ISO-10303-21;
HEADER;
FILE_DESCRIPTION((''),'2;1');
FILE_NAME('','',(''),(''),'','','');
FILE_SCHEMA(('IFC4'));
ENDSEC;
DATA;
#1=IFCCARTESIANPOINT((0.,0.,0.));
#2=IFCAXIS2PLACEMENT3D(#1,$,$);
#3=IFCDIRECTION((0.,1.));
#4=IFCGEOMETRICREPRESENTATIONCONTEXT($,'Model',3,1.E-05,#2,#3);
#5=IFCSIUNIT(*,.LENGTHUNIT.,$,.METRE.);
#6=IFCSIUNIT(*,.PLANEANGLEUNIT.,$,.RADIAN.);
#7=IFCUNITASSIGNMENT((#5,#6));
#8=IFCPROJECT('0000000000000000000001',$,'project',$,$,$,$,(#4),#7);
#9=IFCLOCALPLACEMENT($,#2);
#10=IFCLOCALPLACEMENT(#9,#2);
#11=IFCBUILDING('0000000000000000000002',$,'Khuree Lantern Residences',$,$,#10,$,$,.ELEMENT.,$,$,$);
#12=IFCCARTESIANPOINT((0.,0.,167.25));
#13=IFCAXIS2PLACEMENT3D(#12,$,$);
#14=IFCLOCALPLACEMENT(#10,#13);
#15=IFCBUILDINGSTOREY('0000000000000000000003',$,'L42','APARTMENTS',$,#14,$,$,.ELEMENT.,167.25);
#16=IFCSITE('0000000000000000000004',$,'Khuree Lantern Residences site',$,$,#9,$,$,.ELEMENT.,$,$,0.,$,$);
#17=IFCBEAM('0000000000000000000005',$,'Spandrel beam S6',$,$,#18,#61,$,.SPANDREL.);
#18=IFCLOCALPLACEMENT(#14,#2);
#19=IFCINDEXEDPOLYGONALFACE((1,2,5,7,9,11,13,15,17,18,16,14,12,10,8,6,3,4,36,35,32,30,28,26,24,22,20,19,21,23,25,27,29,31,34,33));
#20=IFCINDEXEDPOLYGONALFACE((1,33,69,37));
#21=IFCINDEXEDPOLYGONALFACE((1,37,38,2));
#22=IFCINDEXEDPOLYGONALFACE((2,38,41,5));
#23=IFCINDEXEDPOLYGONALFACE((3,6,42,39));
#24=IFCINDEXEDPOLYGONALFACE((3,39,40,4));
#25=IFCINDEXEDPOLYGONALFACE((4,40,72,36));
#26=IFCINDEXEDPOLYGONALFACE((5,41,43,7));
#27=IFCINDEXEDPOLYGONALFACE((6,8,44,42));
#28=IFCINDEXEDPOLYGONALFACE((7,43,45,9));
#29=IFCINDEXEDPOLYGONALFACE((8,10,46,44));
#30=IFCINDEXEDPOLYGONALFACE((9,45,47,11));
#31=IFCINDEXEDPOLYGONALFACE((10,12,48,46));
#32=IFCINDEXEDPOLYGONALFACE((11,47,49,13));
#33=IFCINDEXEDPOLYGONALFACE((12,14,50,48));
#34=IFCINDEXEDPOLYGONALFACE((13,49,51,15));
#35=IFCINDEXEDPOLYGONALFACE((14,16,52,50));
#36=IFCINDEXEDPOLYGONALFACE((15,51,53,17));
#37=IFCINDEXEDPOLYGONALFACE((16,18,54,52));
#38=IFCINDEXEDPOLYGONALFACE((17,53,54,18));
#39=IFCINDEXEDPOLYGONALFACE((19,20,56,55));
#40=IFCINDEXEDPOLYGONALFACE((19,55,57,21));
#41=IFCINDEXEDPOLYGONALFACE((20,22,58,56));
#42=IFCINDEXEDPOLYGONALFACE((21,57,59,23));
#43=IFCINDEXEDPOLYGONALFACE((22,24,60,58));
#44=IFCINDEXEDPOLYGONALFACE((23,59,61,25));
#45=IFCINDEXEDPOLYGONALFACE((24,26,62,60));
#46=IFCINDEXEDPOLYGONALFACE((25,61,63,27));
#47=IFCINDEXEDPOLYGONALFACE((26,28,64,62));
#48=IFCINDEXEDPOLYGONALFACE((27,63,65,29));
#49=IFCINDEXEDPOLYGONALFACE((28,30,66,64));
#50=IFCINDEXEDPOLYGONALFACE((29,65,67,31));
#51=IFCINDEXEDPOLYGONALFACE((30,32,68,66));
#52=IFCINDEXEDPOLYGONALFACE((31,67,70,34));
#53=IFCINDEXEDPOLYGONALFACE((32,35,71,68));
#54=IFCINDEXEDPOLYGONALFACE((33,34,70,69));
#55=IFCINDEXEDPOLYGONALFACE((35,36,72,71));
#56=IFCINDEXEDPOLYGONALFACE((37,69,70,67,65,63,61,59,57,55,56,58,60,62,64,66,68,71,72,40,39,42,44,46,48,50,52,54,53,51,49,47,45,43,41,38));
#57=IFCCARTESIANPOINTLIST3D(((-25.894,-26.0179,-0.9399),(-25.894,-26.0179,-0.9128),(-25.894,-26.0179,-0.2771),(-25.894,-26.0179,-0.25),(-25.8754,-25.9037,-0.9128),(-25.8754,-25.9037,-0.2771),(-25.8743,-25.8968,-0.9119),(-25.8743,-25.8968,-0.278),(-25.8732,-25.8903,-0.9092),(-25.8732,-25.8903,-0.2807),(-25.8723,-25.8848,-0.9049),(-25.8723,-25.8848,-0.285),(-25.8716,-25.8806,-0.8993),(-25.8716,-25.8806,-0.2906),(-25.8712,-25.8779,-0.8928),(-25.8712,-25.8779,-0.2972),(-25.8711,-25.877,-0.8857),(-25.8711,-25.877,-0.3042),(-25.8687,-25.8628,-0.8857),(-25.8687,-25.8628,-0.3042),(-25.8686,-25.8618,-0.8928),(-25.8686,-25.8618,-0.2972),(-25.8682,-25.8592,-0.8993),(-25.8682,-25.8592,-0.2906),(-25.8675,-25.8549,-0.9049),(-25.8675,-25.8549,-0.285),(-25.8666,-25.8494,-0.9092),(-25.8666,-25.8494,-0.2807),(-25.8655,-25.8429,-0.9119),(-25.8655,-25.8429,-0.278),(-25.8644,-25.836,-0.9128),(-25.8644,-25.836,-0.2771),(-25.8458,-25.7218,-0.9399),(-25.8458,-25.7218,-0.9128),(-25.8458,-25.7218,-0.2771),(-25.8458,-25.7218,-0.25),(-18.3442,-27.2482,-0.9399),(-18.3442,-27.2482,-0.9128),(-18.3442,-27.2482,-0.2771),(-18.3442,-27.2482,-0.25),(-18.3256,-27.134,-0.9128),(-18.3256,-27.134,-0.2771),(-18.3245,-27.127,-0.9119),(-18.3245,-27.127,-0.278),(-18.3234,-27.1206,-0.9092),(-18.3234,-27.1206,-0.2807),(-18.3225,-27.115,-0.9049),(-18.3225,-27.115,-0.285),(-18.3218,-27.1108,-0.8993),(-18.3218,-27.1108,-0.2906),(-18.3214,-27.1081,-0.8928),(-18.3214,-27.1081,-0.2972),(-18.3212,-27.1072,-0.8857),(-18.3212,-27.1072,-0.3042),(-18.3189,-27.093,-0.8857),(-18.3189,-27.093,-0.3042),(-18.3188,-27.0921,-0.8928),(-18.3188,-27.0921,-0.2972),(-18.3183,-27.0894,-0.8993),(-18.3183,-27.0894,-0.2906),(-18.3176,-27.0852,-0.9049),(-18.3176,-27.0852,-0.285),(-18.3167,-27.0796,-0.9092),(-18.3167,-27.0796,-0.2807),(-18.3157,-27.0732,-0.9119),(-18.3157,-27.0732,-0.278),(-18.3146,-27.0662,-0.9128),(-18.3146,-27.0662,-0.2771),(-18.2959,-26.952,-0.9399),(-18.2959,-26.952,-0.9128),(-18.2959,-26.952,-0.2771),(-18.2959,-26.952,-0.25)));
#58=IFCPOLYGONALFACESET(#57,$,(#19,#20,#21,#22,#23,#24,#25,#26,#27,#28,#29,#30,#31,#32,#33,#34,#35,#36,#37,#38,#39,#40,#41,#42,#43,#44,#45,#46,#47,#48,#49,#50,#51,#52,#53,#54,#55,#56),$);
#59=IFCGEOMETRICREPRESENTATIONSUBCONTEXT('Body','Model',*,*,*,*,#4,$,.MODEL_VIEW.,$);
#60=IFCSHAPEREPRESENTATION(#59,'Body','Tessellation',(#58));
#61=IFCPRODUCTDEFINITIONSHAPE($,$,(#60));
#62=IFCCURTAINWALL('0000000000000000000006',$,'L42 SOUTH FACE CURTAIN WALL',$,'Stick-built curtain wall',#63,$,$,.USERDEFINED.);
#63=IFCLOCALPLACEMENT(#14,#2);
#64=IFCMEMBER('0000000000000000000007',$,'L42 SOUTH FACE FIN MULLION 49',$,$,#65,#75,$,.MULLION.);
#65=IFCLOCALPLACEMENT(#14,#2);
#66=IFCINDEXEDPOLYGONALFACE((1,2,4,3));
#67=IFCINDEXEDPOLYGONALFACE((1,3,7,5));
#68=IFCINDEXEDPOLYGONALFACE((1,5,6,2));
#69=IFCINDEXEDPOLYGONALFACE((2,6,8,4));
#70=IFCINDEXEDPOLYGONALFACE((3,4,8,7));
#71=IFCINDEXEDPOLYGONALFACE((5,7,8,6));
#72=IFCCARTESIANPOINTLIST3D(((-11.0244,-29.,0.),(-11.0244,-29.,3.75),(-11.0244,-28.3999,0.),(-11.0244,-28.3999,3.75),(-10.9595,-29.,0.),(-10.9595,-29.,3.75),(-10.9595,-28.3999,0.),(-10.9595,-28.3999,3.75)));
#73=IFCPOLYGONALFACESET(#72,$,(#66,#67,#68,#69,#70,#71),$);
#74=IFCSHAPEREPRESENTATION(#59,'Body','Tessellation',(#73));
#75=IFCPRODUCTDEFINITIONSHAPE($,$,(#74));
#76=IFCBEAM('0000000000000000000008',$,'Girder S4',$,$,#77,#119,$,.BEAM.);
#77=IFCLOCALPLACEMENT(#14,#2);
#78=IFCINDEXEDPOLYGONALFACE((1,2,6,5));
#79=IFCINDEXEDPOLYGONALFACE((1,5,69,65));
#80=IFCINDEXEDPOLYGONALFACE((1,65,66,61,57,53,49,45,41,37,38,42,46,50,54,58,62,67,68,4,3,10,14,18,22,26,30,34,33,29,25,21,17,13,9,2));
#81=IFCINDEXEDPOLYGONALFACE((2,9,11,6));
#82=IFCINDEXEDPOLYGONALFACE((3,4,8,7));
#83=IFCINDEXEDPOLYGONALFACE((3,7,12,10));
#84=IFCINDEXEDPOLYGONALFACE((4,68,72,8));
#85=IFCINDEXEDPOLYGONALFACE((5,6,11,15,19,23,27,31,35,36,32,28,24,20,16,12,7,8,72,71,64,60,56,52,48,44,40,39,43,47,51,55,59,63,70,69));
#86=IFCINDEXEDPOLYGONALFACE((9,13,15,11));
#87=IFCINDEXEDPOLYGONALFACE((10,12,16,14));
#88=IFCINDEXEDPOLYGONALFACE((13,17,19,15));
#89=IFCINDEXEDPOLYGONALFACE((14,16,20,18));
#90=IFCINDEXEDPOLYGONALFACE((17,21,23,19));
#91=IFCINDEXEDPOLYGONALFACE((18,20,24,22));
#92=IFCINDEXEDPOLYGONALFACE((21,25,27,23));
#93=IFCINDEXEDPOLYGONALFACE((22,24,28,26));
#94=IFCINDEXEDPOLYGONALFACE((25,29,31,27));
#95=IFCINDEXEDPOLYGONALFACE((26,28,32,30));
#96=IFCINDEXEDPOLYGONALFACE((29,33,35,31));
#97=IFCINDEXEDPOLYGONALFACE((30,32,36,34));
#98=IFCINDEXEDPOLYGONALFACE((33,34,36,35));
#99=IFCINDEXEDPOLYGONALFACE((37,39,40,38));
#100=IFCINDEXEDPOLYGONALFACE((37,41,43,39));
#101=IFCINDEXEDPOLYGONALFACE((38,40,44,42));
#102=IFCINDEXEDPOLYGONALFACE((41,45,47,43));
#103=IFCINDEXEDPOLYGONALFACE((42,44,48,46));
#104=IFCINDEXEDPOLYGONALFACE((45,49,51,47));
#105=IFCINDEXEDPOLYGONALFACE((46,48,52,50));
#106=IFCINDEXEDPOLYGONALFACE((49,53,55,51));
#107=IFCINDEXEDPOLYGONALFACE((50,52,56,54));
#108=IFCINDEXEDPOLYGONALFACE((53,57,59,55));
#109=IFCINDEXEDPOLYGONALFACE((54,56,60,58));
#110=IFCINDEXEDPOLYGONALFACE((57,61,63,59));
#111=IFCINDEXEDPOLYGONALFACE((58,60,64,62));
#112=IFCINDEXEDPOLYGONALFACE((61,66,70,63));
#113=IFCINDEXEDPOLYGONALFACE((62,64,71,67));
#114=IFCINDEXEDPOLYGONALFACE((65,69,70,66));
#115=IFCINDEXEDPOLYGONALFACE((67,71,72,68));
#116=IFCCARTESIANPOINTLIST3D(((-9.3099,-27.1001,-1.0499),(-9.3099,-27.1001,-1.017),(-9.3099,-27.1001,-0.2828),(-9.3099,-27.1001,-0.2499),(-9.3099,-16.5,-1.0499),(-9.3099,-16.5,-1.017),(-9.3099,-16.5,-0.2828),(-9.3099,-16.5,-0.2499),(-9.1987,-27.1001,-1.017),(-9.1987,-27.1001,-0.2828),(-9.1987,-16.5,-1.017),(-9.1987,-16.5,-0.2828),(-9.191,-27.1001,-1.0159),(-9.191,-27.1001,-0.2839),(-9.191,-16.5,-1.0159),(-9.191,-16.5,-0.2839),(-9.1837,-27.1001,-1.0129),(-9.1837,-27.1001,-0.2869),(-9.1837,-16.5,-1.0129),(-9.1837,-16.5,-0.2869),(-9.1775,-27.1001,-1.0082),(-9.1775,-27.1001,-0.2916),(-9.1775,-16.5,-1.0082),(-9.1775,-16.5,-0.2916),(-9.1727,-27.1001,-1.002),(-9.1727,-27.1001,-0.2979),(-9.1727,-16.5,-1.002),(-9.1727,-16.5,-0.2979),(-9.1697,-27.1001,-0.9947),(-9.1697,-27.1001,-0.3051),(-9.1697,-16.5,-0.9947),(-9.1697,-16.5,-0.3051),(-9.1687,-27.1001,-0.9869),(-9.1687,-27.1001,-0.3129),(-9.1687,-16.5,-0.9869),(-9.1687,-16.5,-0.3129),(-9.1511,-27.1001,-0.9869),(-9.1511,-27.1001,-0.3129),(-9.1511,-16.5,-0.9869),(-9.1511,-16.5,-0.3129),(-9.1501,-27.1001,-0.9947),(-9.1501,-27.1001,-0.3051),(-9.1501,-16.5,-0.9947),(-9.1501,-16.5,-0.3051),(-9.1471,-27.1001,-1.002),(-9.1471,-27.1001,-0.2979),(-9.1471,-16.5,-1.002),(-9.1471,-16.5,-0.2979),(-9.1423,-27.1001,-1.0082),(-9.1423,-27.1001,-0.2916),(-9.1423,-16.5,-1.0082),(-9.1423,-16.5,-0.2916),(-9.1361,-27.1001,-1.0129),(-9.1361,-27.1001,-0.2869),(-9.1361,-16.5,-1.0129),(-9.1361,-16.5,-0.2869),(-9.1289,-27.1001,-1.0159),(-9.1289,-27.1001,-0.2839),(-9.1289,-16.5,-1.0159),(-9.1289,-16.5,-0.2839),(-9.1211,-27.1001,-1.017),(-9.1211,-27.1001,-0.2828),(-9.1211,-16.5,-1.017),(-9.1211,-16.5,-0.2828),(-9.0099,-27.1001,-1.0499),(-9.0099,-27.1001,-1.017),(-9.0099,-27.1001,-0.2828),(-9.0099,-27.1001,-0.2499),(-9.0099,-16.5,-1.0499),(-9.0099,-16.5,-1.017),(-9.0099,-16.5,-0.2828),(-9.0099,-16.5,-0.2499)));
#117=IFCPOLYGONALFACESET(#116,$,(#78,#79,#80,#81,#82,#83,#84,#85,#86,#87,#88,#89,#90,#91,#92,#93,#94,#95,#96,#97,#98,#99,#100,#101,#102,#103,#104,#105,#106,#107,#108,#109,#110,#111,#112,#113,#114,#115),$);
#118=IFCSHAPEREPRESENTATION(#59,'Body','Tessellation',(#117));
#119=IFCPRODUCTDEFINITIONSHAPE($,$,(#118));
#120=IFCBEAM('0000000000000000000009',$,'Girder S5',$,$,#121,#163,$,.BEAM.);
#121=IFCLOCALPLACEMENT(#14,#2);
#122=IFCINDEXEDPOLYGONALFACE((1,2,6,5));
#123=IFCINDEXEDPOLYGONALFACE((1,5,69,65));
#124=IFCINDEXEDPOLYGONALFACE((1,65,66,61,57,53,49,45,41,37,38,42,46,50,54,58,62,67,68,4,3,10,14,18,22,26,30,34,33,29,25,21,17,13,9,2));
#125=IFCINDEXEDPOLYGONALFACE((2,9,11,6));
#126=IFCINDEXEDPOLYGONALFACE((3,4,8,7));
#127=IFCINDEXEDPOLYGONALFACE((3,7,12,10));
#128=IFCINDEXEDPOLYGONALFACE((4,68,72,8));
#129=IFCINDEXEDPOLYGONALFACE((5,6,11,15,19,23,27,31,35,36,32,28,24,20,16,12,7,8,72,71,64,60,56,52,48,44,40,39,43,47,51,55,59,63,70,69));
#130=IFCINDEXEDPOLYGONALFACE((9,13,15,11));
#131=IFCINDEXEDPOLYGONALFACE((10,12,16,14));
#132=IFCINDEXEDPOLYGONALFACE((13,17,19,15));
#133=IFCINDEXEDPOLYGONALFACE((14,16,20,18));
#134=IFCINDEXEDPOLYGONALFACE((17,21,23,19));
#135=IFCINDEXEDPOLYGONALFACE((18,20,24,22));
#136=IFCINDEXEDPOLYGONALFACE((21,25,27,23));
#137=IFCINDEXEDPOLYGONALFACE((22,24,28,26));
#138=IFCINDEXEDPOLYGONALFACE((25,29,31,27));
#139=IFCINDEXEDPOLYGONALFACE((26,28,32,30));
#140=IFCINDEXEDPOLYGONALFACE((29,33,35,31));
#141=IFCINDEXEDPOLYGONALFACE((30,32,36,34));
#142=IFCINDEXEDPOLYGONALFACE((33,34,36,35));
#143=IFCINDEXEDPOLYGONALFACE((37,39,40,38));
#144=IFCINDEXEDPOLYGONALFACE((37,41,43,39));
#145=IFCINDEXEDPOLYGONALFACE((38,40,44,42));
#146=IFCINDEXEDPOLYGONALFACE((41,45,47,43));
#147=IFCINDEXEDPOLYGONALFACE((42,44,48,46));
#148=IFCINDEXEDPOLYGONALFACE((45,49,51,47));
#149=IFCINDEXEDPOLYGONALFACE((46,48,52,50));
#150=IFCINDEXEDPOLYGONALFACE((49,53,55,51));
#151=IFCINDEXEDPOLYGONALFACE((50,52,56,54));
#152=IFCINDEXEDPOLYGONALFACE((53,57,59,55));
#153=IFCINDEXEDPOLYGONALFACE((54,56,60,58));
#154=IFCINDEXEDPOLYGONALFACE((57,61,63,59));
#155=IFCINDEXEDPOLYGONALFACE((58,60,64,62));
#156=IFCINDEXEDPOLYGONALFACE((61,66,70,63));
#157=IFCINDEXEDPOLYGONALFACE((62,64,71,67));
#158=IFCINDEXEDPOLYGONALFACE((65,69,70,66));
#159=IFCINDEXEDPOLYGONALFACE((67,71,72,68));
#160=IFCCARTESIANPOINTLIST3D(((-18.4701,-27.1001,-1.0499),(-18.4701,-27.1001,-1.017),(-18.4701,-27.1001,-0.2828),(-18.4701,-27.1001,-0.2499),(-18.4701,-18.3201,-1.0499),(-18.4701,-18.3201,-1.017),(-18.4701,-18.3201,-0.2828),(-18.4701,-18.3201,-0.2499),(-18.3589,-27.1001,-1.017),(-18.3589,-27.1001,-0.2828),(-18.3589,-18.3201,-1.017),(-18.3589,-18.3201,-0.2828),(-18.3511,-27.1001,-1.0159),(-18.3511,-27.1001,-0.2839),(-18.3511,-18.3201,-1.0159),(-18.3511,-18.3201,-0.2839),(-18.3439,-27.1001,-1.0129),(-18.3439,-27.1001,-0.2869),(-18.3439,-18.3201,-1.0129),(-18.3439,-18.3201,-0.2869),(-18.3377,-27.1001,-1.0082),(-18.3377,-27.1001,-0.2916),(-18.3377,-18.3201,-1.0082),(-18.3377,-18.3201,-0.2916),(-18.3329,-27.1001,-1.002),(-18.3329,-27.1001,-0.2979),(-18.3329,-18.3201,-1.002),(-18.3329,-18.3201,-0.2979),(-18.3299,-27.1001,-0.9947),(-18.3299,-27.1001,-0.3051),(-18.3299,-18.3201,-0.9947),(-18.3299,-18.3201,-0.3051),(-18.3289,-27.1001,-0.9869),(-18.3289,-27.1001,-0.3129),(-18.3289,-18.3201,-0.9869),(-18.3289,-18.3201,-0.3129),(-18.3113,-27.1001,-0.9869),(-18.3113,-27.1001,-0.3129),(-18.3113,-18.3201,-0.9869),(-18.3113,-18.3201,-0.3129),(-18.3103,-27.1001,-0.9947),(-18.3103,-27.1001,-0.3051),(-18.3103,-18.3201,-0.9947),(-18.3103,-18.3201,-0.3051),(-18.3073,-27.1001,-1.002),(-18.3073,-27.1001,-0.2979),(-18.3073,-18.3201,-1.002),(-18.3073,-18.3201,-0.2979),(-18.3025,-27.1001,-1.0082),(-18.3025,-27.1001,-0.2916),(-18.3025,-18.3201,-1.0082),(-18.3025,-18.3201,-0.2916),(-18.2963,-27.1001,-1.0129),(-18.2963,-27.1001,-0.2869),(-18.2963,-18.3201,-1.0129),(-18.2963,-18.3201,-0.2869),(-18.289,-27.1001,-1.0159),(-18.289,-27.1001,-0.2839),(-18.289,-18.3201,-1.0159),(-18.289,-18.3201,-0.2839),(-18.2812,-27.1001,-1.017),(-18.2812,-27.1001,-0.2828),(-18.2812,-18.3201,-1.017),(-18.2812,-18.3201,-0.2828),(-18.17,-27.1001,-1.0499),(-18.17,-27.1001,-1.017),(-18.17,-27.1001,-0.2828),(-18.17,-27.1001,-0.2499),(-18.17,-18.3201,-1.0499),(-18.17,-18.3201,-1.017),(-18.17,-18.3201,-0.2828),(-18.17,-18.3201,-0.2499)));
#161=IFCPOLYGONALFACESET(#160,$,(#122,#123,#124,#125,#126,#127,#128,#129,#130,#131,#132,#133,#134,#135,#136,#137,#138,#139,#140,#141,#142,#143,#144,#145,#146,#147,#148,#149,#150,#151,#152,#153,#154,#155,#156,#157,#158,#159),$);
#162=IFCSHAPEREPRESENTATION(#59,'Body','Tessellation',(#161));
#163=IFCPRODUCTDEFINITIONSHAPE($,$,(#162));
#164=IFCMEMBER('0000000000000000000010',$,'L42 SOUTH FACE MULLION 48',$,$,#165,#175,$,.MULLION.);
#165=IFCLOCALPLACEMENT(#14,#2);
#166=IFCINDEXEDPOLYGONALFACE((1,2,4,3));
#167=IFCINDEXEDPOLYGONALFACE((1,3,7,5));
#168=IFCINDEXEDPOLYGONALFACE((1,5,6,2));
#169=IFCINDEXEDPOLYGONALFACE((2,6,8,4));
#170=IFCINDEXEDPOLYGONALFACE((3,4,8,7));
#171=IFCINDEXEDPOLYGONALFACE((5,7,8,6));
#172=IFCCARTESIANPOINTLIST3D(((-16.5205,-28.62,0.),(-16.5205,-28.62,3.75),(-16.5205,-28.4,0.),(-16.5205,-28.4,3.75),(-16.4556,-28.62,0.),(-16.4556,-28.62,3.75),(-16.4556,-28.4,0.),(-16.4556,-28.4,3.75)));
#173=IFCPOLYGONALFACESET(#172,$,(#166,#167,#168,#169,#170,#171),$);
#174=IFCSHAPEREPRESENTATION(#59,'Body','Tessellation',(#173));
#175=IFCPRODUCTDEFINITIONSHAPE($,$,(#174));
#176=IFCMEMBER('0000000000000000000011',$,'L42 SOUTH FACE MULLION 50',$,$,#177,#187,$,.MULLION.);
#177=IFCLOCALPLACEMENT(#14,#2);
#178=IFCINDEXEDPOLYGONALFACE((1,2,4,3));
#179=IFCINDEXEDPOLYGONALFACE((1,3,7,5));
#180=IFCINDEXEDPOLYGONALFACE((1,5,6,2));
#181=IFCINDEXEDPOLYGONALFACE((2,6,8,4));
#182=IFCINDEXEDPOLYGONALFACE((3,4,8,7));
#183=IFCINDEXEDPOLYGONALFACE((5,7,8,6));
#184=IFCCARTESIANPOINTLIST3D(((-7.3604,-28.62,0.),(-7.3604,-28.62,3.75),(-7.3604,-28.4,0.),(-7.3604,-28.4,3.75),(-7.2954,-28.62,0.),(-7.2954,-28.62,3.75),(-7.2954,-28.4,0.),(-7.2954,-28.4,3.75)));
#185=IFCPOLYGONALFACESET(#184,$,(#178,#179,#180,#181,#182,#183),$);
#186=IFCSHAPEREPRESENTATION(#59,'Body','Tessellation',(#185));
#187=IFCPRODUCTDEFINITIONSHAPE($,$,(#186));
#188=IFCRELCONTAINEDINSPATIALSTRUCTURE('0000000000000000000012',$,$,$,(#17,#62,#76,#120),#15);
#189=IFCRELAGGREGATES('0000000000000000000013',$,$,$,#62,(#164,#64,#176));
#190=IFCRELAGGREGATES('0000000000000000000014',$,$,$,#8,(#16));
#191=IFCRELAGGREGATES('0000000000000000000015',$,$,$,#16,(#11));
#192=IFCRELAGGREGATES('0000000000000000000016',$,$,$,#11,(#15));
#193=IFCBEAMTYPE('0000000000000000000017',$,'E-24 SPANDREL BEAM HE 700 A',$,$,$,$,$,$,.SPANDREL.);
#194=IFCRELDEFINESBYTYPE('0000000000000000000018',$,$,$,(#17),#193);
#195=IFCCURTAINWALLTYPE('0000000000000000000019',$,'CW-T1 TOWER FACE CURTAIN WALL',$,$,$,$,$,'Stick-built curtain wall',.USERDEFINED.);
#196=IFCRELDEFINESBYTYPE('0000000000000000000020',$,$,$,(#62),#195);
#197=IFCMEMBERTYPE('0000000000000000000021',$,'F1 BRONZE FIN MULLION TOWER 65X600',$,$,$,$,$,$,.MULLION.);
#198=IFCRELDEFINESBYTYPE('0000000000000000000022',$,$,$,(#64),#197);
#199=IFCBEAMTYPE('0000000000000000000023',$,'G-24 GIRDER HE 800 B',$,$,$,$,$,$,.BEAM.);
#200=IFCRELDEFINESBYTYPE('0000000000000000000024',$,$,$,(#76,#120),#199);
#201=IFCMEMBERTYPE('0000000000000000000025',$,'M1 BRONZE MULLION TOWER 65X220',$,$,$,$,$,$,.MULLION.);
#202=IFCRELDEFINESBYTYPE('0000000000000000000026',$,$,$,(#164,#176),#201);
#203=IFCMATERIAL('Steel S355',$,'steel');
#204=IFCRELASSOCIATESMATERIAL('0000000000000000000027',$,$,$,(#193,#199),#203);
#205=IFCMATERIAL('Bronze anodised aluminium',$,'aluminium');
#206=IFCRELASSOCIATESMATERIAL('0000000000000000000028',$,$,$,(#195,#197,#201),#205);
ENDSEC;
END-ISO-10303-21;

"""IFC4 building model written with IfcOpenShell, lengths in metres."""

from ifc_helpers import new_model, si_unit, direction, frame, origin, origin_2d, place, context, subcontext, project, spatial, rectangle, i_section, extrude, material, material_profile, profile_set, type_object, element, aggregate, save


model = new_model("IFC4")

# Units and contexts
model_context = context("Model", 3, precision=1e-05, world=origin(), true_north=direction((0.0, 1.0)))
body_context = subcontext(model_context, "Body", "Model", "MODEL_VIEW")
ifc_project = project(units=[si_unit("LENGTHUNIT", "METRE"), si_unit("PLANEANGLEUNIT", "RADIAN")], contexts=[model_context])

# Site, building, storey
site_placement = place(None, origin())
site = spatial("IfcSite", under=ifc_project, at=site_placement, Name="Khuree Lantern Residences site", CompositionType="ELEMENT", RefElevation=0.0)
building_placement = place(site_placement, origin())
building = spatial("IfcBuilding", under=site, at=building_placement, Name="Khuree Lantern Residences", CompositionType="ELEMENT")
storey_placement = place(building_placement, frame((0.0, 0.0, 167.25)))
storey = spatial("IfcBuildingStorey", under=building, at=storey_placement, Name="L42", Description="APARTMENTS", CompositionType="ELEMENT", Elevation=167.25)

# Beam
ifc_material_1 = material(Name="Steel S355", Category="steel")
ifc_material_profile_1 = material_profile(ifc_material_1, i_section(OverallWidth=0.3, OverallDepth=0.6899, WebThickness=0.0144, FlangeThickness=0.0271, FilletRadius=0.0271, at=origin_2d()), Name="HE 700 A")
ifc_profile_set_1 = profile_set([ifc_material_profile_1], Name="Steel S355")
beam_type_1 = type_object("IfcBeamType", Name="E-24 SPANDREL BEAM HE 700 A", PredefinedType="SPANDREL", material=ifc_profile_set_1)
beam_1_placement = place(storey_placement, frame((-18.3201, -27.1001, -0.595), z_axis=(-0.986983, 0.160827, 0.0), x_axis=(-0.160827, -0.986983, 0.0)))
element("IfcBeam", 1, at=beam_1_placement, inside=storey, type_object=beam_type_1, Name="Spandrel beam S6", PredefinedType="SPANDREL", context=body_context, shape_type="SweptSolid", body=[
    extrude(i_section(OverallWidth=0.3, OverallDepth=0.6899, WebThickness=0.0144, FlangeThickness=0.0271, FilletRadius=0.0271, at=origin_2d()), origin(), (0.0, 0.0, 1.0), 7.6494),
])

# Curtain wall, member
ifc_material_2 = material(Name="Bronze anodised aluminium", Category="aluminium")
curtain_wall_type = type_object("IfcCurtainWallType", Name="CW-T1 TOWER FACE CURTAIN WALL", ElementType="Stick-built curtain wall", PredefinedType="USERDEFINED", material=ifc_material_2)
curtain_wall_placement = place(storey_placement, origin())
curtain_wall = element("IfcCurtainWall", 2, at=curtain_wall_placement, inside=storey, type_object=curtain_wall_type, Name="L42 SOUTH FACE CURTAIN WALL", ObjectType="Stick-built curtain wall", PredefinedType="USERDEFINED")
ifc_material_profile_2 = material_profile(ifc_material_2, rectangle(XDim=0.0649, YDim=0.6001, at=origin_2d()), Name="F1 65X600")
ifc_profile_set_2 = profile_set([ifc_material_profile_2], Name="Bronze anodised aluminium")
member_type_1 = type_object("IfcMemberType", Name="F1 BRONZE FIN MULLION TOWER 65X600", PredefinedType="MULLION", material=ifc_profile_set_2)
member_1_placement = place(storey_placement, frame((-10.9919, -28.7, 0.0), z_axis=(0.0, 0.0, 1.0), x_axis=(1.0, 0.0, 0.0)))
member_1 = element("IfcMember", 3, at=member_1_placement, type_object=member_type_1, Name="L42 SOUTH FACE FIN MULLION 49", PredefinedType="MULLION", context=body_context, shape_type="SweptSolid", body=[
    extrude(rectangle(XDim=0.0649, YDim=0.6001, at=origin_2d()), origin(), (0.0, 0.0, 1.0), 3.75),
])

# Beams
ifc_material_profile_3 = material_profile(ifc_material_1, i_section(OverallWidth=0.3, OverallDepth=0.8, WebThickness=0.0176, FlangeThickness=0.033, FilletRadius=0.03, at=origin_2d()), Name="HE 800 B")
ifc_profile_set_3 = profile_set([ifc_material_profile_3], Name="Steel S355")
beam_type_2 = type_object("IfcBeamType", Name="G-24 GIRDER HE 800 B", PredefinedType="BEAM", material=ifc_profile_set_3)
beam_2_placement = place(storey_placement, frame((-9.1599, -27.1001, -0.6499), z_axis=(0.0, 1.0, 0.0), x_axis=(-1.0, 0.0, 0.0)))
element("IfcBeam", 4, at=beam_2_placement, inside=storey, type_object=beam_type_2, Name="Girder S4", PredefinedType="BEAM", context=body_context, shape_type="SweptSolid", body=[
    extrude(i_section(OverallWidth=0.3, OverallDepth=0.8, WebThickness=0.0176, FlangeThickness=0.033, FilletRadius=0.03, at=origin_2d()), origin(), (0.0, 0.0, 1.0), 10.6001),
])
beam_3_placement = place(storey_placement, frame((-18.3201, -27.1001, -0.6499), z_axis=(0.0, 1.0, 0.0), x_axis=(-1.0, 0.0, 0.0)))
element("IfcBeam", 5, at=beam_3_placement, inside=storey, type_object=beam_type_2, Name="Girder S5", PredefinedType="BEAM", context=body_context, shape_type="SweptSolid", body=[
    extrude(i_section(OverallWidth=0.3, OverallDepth=0.8, WebThickness=0.0176, FlangeThickness=0.033, FilletRadius=0.03, at=origin_2d()), origin(), (0.0, 0.0, 1.0), 8.78),
])

# Members
ifc_material_profile_4 = material_profile(ifc_material_2, rectangle(XDim=0.0649, YDim=0.22, at=origin_2d()), Name="M1 65X220")
ifc_profile_set_4 = profile_set([ifc_material_profile_4], Name="Bronze anodised aluminium")
member_type_2 = type_object("IfcMemberType", Name="M1 BRONZE MULLION TOWER 65X220", PredefinedType="MULLION", material=ifc_profile_set_4)
member_2_placement = place(storey_placement, frame((-16.488, -28.51, 0.0), z_axis=(0.0, 0.0, 1.0), x_axis=(1.0, 0.0, 0.0)))
member_2 = element("IfcMember", 6, at=member_2_placement, type_object=member_type_2, Name="L42 SOUTH FACE MULLION 48", PredefinedType="MULLION", context=body_context, shape_type="SweptSolid", body=[
    extrude(rectangle(XDim=0.0649, YDim=0.22, at=origin_2d()), origin(), (0.0, 0.0, 1.0), 3.75),
])
member_3_placement = place(storey_placement, frame((-7.3279, -28.51, 0.0), z_axis=(0.0, 0.0, 1.0), x_axis=(1.0, 0.0, 0.0)))
member_3 = element("IfcMember", 7, at=member_3_placement, type_object=member_type_2, Name="L42 SOUTH FACE MULLION 50", PredefinedType="MULLION", context=body_context, shape_type="SweptSolid", body=[
    extrude(rectangle(XDim=0.0649, YDim=0.22, at=origin_2d()), origin(), (0.0, 0.0, 1.0), 3.75),
])

aggregate(curtain_wall, [member_2, member_1, member_3])

save(model, "model.ifc")
